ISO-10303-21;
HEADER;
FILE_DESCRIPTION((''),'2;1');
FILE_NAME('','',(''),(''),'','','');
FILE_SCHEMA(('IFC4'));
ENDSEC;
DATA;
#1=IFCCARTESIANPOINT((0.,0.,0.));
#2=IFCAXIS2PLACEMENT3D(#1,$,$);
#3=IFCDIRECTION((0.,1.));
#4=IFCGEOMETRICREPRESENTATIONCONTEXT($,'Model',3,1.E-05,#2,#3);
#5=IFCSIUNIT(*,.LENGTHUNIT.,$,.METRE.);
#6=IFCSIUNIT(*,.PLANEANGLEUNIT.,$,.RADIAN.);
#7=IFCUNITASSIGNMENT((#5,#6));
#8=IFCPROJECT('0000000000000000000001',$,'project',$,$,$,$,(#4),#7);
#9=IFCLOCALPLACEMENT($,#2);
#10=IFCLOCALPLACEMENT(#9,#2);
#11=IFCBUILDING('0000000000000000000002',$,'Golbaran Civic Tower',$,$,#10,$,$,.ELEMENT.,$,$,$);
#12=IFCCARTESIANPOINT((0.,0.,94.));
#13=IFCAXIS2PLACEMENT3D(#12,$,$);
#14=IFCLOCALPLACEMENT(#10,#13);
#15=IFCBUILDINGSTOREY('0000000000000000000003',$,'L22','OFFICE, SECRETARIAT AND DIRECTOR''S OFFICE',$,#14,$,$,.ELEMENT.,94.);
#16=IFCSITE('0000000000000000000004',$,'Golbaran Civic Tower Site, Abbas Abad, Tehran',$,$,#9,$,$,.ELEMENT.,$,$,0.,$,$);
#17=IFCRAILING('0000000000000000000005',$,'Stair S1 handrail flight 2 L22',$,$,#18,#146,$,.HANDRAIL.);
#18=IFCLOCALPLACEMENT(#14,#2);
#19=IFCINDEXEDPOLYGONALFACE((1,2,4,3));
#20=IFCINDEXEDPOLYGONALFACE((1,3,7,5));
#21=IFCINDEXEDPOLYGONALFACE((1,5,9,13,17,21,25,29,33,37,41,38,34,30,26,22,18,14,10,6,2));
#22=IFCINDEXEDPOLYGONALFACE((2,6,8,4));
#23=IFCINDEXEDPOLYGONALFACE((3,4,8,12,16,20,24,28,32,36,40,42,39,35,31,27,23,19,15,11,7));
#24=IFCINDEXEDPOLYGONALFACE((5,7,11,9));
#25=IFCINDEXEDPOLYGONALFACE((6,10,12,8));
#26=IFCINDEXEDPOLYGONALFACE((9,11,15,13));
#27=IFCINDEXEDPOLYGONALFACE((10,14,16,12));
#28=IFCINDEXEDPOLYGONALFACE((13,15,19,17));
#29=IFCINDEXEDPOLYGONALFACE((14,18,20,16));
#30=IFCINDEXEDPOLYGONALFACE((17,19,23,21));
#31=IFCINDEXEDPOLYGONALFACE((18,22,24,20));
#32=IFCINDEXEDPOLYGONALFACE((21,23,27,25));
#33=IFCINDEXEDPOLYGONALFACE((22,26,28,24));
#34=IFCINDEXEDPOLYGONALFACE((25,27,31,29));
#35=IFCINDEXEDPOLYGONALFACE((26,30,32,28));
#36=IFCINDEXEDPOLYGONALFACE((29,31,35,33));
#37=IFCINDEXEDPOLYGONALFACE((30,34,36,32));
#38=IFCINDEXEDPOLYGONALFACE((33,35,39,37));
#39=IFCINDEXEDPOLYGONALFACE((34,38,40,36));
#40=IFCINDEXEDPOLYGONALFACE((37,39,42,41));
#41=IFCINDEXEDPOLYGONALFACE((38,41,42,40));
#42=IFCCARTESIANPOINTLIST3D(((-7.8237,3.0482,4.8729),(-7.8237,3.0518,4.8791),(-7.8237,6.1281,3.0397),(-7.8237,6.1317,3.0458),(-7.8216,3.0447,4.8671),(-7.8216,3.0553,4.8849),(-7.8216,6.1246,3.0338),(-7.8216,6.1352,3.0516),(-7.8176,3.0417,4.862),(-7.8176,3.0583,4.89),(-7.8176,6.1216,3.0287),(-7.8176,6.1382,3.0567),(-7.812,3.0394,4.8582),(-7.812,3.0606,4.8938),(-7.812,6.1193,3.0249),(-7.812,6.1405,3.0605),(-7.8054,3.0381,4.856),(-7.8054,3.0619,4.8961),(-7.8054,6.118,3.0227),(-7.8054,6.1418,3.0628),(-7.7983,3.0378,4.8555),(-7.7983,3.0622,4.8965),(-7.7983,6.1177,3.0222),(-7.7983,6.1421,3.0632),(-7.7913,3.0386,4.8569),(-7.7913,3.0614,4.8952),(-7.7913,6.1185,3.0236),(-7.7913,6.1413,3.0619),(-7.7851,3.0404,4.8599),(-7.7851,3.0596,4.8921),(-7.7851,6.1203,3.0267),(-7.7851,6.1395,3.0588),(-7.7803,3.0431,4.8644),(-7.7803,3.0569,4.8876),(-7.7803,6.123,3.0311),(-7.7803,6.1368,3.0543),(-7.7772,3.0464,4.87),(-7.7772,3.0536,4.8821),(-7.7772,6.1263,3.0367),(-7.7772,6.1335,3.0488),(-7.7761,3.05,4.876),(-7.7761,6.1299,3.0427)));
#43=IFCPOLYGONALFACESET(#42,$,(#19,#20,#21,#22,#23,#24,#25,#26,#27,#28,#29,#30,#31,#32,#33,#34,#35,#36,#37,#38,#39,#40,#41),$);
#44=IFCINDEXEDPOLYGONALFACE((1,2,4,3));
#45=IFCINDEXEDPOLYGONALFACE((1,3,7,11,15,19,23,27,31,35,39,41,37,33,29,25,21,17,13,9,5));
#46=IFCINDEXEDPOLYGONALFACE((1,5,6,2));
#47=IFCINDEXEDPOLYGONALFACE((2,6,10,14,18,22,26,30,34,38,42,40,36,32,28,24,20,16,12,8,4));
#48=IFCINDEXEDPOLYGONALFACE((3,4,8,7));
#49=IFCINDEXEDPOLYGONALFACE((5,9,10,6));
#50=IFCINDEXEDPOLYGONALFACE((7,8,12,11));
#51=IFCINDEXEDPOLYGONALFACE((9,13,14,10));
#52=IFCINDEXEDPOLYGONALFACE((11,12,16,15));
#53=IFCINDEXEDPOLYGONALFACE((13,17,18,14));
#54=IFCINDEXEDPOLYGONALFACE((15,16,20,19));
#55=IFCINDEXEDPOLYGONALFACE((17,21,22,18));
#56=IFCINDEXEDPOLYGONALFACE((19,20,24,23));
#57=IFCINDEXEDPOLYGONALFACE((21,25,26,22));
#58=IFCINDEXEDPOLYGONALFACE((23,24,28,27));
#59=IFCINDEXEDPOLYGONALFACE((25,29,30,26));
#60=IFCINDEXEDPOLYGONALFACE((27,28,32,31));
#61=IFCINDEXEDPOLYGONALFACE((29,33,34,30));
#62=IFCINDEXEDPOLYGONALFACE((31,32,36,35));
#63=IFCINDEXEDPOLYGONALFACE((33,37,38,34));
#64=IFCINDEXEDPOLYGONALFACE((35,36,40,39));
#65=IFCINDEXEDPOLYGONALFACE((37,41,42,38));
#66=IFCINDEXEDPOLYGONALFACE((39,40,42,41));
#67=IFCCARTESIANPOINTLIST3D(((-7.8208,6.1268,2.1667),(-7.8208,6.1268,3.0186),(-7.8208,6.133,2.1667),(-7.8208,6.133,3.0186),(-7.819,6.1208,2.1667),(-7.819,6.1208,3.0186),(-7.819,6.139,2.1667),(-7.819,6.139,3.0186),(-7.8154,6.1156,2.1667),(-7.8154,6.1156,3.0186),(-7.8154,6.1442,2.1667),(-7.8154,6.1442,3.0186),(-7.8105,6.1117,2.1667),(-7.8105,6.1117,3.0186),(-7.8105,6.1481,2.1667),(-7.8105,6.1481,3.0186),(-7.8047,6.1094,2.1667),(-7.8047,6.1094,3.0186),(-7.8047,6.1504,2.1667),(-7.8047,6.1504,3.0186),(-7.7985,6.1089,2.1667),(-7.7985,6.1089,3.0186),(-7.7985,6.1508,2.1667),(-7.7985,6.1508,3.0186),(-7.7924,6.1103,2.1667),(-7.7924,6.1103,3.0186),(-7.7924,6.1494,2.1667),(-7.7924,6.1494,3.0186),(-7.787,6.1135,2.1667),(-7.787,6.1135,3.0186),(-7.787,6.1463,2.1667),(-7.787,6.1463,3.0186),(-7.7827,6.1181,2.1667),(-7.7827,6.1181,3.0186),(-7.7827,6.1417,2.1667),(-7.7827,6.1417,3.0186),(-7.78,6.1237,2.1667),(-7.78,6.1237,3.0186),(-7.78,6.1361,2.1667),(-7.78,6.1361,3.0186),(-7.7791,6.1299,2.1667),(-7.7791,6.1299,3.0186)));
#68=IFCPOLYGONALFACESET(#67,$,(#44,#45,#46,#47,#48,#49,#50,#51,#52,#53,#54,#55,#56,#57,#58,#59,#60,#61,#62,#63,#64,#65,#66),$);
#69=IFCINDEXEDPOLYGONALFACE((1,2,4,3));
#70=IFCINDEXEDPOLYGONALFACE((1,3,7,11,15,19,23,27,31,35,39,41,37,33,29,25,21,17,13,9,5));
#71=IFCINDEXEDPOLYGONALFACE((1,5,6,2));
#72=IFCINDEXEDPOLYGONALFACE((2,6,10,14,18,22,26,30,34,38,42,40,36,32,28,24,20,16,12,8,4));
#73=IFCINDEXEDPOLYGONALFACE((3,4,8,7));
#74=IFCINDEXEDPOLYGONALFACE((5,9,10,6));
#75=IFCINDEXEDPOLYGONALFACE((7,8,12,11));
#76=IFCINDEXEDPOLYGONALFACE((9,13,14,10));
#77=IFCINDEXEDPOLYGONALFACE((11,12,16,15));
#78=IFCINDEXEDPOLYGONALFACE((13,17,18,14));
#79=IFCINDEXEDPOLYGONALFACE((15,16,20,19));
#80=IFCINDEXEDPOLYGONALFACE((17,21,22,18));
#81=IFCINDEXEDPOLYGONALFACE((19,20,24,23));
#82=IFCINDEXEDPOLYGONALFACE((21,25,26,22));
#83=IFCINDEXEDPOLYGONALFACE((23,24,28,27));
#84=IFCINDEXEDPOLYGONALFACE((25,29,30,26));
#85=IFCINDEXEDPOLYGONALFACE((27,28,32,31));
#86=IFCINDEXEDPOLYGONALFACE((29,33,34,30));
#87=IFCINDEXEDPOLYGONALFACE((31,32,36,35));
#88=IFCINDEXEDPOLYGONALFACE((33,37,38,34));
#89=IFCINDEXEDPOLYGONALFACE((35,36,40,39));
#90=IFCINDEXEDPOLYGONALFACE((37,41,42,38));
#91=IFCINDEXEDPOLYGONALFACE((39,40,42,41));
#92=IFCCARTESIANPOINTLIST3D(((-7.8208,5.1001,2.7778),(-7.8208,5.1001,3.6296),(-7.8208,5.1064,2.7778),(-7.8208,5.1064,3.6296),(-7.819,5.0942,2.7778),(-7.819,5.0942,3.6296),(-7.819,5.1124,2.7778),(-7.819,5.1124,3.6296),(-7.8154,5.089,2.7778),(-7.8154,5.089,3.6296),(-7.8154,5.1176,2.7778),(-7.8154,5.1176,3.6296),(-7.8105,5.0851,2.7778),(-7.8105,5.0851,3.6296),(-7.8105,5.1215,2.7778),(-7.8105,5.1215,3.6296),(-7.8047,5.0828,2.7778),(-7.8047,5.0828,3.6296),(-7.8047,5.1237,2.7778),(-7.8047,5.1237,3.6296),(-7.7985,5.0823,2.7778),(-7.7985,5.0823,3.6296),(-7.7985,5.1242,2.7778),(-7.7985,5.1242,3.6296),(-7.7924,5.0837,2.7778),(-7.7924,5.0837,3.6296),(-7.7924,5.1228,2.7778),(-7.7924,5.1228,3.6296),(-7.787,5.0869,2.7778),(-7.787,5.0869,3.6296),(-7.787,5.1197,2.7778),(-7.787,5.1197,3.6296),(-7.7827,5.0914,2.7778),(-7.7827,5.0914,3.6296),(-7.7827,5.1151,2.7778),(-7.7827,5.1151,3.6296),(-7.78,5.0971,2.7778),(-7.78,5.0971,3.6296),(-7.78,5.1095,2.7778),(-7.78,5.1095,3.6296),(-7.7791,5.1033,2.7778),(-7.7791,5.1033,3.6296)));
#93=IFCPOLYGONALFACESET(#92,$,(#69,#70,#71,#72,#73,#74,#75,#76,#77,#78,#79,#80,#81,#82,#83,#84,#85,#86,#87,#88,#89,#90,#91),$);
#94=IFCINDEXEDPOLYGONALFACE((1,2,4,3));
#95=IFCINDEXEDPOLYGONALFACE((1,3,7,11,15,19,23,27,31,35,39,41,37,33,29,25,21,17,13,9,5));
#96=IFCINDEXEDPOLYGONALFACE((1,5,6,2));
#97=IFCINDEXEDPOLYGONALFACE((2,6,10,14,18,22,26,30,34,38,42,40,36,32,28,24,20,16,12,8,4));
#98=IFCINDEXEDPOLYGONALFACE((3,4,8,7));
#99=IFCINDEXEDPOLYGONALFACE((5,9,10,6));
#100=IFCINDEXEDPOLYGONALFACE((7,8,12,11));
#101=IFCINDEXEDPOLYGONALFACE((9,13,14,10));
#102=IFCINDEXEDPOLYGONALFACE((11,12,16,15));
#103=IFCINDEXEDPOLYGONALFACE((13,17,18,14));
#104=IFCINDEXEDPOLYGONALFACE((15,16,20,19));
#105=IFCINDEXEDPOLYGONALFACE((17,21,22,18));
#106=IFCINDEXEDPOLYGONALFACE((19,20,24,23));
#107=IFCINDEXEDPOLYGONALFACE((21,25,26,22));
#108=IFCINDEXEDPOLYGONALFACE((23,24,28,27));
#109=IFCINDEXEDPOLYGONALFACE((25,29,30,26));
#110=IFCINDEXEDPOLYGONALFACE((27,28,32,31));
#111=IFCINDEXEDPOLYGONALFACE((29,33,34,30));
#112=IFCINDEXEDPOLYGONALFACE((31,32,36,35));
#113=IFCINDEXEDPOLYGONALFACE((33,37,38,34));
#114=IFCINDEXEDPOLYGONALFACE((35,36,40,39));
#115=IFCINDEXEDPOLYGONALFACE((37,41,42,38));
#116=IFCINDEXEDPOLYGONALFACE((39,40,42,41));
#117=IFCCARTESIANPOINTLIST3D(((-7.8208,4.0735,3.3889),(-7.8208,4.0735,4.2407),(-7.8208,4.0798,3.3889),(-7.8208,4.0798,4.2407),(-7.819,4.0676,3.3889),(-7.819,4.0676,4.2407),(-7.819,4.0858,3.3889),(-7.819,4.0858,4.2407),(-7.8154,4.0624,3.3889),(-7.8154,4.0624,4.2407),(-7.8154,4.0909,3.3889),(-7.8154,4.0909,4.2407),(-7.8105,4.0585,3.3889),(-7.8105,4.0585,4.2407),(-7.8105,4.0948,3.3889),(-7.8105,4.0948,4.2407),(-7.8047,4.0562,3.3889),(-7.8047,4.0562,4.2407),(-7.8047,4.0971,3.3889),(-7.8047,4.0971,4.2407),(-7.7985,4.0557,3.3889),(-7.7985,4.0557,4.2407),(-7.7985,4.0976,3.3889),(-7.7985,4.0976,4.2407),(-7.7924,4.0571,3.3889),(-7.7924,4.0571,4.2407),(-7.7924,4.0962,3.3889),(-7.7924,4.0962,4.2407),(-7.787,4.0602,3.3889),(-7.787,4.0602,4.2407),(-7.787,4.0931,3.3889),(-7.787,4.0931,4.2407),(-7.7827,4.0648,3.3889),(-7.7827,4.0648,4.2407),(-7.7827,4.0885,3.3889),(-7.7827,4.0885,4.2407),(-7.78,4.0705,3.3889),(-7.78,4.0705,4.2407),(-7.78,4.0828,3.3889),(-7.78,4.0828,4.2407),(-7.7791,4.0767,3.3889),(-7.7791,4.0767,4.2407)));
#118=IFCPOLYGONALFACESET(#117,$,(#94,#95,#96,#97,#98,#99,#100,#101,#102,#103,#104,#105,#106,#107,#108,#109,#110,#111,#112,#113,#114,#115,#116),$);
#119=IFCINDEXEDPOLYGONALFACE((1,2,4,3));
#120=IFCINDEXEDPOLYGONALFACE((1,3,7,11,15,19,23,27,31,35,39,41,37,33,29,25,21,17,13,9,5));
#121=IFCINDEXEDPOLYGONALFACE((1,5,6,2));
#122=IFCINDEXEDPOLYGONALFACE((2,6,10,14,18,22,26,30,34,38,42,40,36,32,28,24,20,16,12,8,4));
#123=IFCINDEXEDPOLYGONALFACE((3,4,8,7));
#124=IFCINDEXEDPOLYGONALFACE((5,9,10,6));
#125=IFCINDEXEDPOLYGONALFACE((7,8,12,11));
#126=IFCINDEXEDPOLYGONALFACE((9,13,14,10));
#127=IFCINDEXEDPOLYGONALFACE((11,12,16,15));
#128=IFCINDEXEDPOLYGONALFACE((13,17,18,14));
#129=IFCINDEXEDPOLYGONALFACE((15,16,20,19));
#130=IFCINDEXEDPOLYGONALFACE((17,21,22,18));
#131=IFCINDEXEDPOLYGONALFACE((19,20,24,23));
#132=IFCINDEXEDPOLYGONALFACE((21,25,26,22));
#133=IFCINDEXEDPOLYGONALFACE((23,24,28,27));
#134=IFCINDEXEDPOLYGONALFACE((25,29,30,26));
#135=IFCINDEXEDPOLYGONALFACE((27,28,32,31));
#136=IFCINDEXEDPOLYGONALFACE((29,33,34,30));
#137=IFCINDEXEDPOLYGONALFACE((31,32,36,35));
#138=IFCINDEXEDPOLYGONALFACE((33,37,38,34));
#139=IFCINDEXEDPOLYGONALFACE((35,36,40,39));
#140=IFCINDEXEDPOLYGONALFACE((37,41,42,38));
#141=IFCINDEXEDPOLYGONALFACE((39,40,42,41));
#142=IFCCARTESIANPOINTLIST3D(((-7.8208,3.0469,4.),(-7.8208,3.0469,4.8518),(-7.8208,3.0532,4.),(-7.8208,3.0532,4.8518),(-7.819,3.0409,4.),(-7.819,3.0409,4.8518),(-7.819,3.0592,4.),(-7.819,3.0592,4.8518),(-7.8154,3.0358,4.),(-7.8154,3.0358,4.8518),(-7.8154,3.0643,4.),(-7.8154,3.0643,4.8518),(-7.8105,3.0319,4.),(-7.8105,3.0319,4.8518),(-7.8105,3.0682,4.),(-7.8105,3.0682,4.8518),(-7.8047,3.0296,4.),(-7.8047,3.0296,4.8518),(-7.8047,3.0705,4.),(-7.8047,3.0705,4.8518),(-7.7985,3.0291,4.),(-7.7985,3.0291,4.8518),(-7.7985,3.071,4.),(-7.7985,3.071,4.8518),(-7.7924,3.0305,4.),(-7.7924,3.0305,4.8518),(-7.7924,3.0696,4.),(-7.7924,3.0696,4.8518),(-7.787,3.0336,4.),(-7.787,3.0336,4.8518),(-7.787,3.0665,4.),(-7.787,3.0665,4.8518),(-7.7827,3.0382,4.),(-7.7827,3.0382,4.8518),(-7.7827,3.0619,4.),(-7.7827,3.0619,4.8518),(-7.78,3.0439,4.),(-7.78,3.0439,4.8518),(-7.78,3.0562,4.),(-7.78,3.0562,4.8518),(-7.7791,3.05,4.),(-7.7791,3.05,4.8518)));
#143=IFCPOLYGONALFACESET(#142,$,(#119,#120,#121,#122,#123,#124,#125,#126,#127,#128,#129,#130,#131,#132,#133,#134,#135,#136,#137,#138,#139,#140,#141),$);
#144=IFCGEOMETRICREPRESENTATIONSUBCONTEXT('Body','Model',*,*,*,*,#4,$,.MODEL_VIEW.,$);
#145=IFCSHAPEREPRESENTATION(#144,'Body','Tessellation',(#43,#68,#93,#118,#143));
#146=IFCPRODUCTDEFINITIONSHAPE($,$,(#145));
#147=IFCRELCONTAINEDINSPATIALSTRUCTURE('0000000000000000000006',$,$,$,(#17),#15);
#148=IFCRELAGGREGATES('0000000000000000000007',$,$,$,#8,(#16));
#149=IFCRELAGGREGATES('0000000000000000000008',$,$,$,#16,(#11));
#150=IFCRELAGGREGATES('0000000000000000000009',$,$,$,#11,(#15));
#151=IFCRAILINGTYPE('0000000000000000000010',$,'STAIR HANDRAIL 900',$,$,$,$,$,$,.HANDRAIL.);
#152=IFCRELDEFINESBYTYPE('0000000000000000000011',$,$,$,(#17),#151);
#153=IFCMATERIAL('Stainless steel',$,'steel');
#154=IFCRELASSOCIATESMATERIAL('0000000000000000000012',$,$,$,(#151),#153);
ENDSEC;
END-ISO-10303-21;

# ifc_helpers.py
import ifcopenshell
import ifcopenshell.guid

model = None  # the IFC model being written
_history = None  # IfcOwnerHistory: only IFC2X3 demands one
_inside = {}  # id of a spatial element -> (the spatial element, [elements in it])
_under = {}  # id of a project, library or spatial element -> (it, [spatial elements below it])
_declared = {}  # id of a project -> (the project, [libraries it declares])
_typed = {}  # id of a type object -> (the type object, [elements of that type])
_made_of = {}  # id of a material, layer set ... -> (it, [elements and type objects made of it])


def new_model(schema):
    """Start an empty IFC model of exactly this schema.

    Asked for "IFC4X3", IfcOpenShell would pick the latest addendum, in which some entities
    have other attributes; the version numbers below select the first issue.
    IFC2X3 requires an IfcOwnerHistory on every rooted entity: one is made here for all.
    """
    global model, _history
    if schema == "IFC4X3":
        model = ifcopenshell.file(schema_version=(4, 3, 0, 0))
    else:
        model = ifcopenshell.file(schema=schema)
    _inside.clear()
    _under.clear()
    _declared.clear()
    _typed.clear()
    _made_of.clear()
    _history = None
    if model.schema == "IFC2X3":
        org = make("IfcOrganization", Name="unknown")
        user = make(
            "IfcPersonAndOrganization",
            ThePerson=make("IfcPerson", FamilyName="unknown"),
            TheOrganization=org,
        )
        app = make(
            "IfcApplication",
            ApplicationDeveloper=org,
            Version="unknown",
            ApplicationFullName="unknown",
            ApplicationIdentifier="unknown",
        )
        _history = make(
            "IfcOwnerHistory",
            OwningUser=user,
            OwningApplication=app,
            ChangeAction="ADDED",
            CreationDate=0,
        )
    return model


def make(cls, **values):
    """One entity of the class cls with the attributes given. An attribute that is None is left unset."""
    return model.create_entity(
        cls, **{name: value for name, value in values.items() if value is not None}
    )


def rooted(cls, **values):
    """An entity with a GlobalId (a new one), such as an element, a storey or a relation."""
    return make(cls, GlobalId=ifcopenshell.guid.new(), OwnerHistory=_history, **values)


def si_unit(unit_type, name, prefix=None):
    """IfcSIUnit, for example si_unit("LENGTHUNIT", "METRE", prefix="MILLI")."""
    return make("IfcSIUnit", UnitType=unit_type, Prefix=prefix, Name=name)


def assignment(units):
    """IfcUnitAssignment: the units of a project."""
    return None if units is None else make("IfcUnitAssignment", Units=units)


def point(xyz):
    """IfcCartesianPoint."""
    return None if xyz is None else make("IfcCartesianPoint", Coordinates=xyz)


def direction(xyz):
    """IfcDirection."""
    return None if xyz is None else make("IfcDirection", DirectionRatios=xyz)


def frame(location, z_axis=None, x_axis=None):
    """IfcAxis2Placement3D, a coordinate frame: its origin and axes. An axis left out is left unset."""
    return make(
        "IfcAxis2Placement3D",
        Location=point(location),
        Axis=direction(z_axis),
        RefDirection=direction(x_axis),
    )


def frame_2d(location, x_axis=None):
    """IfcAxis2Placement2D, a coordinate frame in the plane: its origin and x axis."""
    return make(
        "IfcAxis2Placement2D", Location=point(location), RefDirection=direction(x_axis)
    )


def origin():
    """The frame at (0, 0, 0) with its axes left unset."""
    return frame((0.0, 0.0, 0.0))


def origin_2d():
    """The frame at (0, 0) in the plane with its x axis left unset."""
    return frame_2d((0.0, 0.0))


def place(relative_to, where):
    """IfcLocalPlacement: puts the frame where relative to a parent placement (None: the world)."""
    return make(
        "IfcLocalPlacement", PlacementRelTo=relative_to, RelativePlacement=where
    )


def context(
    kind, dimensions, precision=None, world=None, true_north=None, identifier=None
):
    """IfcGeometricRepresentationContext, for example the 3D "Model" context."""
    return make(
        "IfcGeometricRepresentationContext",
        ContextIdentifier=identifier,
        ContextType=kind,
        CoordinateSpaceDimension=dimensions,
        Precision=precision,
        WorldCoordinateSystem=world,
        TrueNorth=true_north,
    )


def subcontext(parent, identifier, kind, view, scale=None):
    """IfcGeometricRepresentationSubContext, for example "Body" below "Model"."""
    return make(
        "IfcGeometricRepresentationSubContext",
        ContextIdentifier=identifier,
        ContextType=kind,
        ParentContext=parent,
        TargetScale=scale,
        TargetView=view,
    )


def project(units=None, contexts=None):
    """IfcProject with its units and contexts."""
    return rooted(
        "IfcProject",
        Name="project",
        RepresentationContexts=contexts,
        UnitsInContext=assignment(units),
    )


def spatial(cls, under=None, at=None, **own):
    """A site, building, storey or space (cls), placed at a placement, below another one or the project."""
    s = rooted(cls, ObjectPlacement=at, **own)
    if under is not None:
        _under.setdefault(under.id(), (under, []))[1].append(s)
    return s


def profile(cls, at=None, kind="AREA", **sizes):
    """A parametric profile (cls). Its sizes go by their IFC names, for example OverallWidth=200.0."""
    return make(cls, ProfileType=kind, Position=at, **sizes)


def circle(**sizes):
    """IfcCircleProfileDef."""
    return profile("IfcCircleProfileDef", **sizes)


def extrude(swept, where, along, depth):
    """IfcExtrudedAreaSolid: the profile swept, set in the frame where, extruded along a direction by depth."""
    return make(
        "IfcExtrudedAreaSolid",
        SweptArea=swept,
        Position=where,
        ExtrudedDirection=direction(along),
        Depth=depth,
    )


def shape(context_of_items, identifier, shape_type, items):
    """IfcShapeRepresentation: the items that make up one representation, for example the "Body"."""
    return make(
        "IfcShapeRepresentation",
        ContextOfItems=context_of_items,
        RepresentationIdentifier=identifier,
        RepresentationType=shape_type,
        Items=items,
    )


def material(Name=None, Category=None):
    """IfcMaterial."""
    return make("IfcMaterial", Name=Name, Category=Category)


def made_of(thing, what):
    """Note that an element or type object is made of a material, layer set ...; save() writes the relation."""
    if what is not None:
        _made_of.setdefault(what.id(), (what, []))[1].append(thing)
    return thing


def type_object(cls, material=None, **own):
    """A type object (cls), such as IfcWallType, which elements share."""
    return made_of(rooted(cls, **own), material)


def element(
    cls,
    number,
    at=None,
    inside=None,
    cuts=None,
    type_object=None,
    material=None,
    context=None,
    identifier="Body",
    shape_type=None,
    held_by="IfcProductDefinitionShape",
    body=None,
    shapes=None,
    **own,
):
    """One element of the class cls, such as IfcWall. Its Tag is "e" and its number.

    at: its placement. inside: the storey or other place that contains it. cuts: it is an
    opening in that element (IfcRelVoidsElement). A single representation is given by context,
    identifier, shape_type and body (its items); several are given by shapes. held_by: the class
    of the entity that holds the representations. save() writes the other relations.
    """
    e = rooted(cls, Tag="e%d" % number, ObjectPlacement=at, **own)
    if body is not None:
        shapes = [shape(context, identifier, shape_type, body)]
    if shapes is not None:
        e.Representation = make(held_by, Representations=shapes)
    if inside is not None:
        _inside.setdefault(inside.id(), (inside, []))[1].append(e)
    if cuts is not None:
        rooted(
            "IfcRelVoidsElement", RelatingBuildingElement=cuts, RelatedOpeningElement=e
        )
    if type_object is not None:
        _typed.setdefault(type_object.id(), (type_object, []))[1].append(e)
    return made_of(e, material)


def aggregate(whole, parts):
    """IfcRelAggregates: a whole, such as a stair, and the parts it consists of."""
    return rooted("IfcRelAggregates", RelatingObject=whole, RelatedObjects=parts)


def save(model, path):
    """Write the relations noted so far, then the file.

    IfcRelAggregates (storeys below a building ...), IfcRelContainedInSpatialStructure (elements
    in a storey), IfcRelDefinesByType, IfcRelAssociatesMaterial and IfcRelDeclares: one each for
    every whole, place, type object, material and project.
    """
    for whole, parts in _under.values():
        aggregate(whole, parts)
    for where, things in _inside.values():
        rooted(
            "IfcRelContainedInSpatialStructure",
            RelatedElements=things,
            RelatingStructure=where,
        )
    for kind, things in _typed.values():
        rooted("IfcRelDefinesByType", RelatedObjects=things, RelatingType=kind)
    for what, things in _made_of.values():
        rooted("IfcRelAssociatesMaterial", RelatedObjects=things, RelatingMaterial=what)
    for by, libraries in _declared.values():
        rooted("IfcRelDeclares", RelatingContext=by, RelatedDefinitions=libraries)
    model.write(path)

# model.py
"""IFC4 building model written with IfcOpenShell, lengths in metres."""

from ifc_helpers import new_model, si_unit, direction, frame, origin, origin_2d, place, context, subcontext, project, spatial, circle, extrude, material, type_object, element, save


model = new_model("IFC4")

# Units and contexts
model_context = context("Model", 3, precision=1e-05, world=origin(), true_north=direction((0.0, 1.0)))
body_context = subcontext(model_context, "Body", "Model", "MODEL_VIEW")
ifc_project = project(units=[si_unit("LENGTHUNIT", "METRE"), si_unit("PLANEANGLEUNIT", "RADIAN")], contexts=[model_context])

# Site, building, storey
site_placement = place(None, origin())
site = spatial("IfcSite", under=ifc_project, at=site_placement, Name="Golbaran Civic Tower Site, Abbas Abad, Tehran", CompositionType="ELEMENT", RefElevation=0.0)
building_placement = place(site_placement, origin())
building = spatial("IfcBuilding", under=site, at=building_placement, Name="Golbaran Civic Tower", CompositionType="ELEMENT")
storey_placement = place(building_placement, frame((0.0, 0.0, 94.0)))
storey = spatial("IfcBuildingStorey", under=building, at=storey_placement, Name="L22", Description="OFFICE, SECRETARIAT AND DIRECTOR'S OFFICE", CompositionType="ELEMENT", Elevation=94.0)

# Shared definitions
ifc_material_1 = material(Name="Stainless steel", Category="steel")

# Railing
railing_type = type_object("IfcRailingType", Name="STAIR HANDRAIL 900", PredefinedType="HANDRAIL", material=ifc_material_1)
railing_1_placement = place(storey_placement, frame((-7.8, 6.1299, 2.1667)))
element("IfcRailing", 1, at=railing_1_placement, inside=storey, type_object=railing_type, Name="Stair S1 handrail flight 2 L22", PredefinedType="HANDRAIL", context=body_context, shape_type="SweptSolid", body=[
    extrude(circle(Radius=0.0239, at=origin_2d()), frame((0.0, 0.0, 0.876), z_axis=(0.0, -0.859291, 0.511487), x_axis=(1.0, 0.0, 0.0)), (0.0, 0.0, 1.0), 3.5842),
    extrude(circle(Radius=0.021, at=origin_2d()), origin(), (0.0, 0.0, 1.0), 0.8518),
    extrude(circle(Radius=0.021, at=origin_2d()), frame((0.0, -1.0266, 0.6111)), (0.0, 0.0, 1.0), 0.8518),
    extrude(circle(Radius=0.021, at=origin_2d()), frame((0.0, -2.0532, 1.2222)), (0.0, 0.0, 1.0), 0.8518),
    extrude(circle(Radius=0.021, at=origin_2d()), frame((0.0, -3.0798, 1.8333)), (0.0, 0.0, 1.0), 0.8518),
])

save(model, "model.ifc")
